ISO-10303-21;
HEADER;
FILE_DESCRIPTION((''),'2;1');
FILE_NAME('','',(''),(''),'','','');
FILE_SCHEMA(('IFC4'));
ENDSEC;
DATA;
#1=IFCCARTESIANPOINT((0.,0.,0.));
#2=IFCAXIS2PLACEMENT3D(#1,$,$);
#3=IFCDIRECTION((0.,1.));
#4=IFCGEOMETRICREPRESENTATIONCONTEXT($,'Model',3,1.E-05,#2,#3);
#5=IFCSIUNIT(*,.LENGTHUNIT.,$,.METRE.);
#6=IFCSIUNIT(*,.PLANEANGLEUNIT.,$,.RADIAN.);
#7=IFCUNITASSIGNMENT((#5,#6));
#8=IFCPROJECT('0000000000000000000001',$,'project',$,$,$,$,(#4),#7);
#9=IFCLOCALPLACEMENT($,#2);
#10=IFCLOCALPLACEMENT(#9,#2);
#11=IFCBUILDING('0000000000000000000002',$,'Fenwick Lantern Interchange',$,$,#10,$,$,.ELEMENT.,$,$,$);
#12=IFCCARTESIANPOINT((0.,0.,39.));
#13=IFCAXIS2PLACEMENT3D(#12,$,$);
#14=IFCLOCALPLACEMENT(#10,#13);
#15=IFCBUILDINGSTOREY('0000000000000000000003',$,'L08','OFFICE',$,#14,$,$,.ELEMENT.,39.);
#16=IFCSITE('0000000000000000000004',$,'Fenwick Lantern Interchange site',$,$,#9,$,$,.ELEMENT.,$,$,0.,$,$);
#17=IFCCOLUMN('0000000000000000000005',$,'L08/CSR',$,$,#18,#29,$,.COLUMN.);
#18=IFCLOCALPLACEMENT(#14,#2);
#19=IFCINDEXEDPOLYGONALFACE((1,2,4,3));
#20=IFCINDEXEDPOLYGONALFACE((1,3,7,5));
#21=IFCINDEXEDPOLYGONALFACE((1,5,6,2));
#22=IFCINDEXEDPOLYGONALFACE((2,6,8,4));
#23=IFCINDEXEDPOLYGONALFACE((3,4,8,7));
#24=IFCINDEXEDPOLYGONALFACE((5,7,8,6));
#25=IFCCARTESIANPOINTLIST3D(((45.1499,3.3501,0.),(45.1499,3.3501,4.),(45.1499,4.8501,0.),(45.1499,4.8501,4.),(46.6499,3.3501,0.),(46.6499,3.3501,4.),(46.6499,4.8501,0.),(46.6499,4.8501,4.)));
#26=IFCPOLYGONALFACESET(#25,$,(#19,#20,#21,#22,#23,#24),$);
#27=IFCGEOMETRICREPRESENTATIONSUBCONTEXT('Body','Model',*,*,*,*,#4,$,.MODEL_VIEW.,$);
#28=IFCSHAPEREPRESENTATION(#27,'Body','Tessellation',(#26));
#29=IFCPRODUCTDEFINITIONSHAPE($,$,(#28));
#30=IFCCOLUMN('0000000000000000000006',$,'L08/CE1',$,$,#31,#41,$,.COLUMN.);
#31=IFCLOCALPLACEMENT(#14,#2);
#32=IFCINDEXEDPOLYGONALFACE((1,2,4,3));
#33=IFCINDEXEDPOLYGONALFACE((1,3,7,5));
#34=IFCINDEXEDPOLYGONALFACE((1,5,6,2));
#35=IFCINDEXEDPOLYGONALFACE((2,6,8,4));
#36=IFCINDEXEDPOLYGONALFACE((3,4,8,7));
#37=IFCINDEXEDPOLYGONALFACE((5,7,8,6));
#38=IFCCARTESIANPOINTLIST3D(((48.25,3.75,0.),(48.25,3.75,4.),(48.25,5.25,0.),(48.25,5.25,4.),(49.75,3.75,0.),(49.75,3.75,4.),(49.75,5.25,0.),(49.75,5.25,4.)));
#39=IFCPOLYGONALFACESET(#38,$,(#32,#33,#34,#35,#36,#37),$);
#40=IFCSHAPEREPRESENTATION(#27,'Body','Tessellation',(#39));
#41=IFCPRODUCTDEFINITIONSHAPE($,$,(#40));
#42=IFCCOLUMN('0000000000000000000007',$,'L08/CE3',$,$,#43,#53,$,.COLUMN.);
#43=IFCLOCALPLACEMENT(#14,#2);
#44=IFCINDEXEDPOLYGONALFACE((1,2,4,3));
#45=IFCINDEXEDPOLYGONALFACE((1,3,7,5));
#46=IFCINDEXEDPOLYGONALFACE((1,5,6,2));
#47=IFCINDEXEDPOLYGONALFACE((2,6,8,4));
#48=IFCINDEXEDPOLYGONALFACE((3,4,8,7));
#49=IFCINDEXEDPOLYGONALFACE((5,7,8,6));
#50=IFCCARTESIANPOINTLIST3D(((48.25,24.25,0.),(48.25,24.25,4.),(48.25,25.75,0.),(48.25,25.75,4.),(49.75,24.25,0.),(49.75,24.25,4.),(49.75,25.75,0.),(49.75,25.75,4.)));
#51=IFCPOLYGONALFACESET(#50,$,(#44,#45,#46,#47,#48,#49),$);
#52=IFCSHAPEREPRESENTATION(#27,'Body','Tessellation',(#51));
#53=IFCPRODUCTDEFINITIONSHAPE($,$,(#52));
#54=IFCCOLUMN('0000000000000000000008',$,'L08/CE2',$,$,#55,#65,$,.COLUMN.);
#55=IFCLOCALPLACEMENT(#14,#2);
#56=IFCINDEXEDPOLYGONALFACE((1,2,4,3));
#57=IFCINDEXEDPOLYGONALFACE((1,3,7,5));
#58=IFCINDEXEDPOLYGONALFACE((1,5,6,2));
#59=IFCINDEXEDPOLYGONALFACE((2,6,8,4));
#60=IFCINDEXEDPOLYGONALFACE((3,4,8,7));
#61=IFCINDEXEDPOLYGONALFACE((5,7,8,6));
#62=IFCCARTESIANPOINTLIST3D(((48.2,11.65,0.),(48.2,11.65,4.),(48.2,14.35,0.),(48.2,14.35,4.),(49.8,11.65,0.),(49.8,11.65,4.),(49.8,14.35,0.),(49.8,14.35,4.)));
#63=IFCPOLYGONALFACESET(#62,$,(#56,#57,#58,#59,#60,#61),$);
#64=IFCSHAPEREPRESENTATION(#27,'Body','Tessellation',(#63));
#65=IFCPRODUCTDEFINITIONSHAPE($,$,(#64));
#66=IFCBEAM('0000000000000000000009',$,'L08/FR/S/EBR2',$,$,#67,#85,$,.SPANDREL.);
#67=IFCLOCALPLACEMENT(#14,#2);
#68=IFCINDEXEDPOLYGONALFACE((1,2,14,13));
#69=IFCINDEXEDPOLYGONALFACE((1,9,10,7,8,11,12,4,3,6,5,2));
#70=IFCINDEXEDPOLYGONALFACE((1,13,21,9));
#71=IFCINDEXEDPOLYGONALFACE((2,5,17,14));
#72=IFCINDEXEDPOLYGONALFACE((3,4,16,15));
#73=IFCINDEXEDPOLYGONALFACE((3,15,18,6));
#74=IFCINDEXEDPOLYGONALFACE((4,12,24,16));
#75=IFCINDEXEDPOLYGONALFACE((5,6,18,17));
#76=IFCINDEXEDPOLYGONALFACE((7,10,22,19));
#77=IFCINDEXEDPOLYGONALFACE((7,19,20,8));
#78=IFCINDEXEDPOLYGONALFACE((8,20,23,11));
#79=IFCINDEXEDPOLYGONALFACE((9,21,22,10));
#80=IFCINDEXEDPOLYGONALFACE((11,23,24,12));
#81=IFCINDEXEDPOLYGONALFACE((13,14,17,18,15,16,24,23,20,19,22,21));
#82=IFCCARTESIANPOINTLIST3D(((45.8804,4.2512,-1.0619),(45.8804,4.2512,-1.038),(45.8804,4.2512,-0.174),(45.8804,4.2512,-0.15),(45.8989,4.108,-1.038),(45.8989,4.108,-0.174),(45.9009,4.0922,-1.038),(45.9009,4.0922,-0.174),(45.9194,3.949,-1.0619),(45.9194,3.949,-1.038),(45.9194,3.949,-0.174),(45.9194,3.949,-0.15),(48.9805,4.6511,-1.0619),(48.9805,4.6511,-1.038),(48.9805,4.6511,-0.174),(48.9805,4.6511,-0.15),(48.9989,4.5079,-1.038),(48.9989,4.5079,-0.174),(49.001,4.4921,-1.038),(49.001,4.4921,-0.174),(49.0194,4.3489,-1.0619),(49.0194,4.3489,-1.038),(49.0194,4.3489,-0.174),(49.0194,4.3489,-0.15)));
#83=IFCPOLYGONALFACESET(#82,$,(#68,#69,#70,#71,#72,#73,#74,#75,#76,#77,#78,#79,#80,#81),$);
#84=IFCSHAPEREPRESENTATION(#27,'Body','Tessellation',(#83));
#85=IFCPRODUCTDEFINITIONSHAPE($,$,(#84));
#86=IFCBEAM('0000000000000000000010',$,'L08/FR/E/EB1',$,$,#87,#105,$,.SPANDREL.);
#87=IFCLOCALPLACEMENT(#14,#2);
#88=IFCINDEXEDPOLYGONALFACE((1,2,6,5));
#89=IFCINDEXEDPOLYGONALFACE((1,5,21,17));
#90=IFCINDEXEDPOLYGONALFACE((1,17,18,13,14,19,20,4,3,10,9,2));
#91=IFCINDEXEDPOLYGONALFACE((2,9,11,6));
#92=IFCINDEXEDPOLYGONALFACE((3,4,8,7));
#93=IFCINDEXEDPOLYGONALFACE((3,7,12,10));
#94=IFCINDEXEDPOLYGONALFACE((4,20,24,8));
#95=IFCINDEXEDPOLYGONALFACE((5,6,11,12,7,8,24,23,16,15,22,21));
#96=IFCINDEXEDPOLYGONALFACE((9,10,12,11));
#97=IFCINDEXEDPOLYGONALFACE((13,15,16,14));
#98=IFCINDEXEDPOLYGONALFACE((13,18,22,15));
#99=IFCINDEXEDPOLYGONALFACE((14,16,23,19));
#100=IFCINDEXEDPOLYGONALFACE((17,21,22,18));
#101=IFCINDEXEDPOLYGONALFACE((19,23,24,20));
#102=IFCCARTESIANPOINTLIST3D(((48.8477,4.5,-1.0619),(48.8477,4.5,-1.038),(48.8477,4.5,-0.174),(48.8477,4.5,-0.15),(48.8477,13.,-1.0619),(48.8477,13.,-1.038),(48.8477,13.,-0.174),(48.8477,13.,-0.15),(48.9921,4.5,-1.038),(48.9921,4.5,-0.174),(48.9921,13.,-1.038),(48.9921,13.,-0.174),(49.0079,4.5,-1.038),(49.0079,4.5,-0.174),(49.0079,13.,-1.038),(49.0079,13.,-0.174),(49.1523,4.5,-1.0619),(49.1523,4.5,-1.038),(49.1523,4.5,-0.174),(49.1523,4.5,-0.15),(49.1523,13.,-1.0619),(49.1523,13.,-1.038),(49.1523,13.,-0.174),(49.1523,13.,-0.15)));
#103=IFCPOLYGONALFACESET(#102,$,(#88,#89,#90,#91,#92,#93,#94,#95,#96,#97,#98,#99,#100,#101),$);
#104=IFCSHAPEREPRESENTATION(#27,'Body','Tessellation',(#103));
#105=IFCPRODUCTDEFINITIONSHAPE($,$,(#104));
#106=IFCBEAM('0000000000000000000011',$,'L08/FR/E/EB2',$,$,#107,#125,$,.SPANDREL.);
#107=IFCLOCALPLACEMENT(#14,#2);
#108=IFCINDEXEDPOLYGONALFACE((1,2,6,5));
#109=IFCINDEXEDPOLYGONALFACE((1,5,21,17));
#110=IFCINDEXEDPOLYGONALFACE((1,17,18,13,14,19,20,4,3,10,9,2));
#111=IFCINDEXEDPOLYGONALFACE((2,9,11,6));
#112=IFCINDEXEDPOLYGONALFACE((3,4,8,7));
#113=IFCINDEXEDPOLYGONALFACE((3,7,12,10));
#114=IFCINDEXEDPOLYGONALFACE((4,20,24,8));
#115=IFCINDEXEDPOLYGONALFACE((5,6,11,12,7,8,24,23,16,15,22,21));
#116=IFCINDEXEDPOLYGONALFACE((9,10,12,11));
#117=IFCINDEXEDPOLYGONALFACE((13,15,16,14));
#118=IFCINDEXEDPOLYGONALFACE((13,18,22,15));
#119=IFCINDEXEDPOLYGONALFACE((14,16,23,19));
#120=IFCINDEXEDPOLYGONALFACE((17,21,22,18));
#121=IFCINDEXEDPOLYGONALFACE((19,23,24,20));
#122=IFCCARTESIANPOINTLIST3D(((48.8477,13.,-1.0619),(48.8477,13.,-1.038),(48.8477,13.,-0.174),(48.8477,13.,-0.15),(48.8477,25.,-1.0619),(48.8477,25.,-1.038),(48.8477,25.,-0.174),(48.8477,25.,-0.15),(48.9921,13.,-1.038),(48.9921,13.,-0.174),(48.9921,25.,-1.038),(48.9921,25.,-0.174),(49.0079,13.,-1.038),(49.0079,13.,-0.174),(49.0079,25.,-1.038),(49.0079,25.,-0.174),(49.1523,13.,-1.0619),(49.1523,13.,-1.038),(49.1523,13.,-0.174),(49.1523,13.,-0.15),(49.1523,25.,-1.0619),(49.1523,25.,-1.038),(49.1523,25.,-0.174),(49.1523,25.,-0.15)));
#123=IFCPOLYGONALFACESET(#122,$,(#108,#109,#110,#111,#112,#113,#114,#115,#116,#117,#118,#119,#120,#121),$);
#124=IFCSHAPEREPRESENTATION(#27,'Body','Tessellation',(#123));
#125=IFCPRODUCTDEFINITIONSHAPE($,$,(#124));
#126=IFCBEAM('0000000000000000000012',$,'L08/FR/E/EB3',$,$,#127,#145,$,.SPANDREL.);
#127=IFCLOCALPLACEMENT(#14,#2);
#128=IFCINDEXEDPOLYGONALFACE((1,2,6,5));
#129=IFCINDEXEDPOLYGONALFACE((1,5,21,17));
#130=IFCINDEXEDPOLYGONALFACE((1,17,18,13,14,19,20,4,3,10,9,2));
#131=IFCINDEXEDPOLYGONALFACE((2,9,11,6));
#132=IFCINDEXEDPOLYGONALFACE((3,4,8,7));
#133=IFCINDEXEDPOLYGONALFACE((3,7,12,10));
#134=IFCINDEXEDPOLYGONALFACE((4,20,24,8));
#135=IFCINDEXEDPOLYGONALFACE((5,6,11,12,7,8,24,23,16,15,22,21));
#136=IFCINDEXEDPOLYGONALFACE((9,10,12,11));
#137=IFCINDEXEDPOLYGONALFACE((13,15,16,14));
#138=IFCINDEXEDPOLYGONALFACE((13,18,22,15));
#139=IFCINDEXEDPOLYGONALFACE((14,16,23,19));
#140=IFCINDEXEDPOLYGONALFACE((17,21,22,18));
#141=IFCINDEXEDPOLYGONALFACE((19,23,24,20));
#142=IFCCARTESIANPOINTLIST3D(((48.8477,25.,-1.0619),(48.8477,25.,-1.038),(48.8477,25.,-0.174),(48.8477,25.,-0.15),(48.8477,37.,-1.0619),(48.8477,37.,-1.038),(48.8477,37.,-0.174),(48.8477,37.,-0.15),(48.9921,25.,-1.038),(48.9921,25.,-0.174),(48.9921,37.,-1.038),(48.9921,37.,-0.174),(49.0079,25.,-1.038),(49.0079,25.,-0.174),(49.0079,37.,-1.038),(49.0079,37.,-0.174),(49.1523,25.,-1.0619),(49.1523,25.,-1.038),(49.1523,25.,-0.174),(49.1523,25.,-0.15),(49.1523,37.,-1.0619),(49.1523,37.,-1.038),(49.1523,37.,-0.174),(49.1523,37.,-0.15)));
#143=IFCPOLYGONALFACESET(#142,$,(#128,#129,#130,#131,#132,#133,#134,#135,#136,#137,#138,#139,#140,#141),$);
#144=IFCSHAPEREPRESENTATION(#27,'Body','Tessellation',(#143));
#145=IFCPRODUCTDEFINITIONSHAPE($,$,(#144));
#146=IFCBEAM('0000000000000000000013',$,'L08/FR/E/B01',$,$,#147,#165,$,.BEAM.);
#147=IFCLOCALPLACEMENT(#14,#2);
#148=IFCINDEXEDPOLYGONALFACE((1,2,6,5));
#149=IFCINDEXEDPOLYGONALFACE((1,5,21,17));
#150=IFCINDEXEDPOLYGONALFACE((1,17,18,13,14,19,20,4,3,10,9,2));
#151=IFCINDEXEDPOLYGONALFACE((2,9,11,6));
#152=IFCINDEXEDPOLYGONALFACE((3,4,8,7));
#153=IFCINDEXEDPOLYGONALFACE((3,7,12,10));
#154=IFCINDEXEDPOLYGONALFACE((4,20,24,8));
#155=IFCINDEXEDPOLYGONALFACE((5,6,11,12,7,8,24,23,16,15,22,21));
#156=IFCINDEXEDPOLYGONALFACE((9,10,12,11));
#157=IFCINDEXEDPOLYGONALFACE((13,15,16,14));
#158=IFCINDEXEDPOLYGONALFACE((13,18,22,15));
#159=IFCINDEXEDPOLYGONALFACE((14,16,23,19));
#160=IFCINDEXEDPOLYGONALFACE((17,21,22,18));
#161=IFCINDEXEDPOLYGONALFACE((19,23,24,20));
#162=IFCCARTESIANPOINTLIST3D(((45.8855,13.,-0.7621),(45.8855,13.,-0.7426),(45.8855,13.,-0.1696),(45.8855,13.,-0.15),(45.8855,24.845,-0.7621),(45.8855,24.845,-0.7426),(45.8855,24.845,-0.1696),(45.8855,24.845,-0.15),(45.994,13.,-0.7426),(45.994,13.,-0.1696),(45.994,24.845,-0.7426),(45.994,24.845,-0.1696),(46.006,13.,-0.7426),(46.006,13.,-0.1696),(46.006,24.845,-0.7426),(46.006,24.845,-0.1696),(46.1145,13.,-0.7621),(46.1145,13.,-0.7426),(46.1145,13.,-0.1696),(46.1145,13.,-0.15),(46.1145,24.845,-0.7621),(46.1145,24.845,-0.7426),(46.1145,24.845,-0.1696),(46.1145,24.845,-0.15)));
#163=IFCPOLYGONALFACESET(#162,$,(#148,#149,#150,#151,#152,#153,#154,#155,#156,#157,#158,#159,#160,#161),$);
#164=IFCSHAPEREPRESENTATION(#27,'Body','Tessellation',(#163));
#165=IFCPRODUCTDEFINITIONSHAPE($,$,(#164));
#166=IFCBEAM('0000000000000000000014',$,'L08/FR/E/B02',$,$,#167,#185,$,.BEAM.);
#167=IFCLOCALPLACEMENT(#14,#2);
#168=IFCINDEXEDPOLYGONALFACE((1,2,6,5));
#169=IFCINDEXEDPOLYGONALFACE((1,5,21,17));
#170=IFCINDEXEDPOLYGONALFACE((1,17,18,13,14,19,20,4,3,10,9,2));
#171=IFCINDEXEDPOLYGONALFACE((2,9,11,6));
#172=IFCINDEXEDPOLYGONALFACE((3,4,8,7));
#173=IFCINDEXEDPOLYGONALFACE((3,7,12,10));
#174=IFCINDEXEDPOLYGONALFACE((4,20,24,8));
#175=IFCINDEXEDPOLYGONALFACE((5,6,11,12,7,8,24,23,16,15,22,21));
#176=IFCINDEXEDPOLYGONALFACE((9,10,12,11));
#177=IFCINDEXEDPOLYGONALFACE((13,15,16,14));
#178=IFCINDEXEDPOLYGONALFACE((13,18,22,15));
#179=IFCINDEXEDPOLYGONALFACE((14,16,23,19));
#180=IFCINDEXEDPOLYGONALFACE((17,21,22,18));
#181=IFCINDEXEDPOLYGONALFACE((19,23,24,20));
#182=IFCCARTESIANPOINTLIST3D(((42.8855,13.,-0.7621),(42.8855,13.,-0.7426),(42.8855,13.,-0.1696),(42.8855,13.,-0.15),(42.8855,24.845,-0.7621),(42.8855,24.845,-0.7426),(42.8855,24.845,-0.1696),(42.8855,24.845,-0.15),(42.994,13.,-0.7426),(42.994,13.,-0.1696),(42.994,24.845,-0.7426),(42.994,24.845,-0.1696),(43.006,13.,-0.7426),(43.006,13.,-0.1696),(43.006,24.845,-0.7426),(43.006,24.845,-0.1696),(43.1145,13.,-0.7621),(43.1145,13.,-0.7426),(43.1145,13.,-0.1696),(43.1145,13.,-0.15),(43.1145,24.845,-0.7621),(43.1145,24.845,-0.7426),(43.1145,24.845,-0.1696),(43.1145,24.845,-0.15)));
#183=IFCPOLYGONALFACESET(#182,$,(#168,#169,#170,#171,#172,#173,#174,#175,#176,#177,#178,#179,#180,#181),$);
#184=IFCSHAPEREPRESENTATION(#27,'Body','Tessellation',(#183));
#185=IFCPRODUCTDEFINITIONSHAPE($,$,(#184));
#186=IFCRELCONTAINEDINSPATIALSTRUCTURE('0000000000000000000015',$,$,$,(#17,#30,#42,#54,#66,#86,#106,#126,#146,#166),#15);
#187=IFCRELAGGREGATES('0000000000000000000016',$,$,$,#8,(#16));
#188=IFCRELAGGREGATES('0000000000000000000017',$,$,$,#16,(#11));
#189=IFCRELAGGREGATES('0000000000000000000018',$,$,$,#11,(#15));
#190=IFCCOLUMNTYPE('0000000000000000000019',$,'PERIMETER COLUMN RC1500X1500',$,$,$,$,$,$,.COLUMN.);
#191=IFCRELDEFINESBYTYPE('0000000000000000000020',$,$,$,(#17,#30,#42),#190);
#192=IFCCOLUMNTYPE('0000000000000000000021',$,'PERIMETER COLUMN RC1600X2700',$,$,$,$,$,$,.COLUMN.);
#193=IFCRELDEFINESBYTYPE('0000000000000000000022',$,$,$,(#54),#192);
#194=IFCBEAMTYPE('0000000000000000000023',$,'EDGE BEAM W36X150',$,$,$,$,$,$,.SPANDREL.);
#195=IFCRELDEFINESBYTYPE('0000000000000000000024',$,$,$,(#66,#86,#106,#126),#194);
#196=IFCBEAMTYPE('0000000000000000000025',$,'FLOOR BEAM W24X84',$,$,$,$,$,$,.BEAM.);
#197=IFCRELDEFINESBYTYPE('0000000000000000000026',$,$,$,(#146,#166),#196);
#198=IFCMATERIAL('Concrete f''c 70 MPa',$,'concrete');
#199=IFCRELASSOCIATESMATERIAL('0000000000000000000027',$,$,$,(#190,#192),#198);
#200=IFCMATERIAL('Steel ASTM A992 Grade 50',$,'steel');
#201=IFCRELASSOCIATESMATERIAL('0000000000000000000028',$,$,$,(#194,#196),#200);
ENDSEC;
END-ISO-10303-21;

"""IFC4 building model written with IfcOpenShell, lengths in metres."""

from ifc_helpers import new_model, si_unit, direction, frame, origin, origin_2d, place, context, subcontext, project, spatial, rectangle, i_section, extrude, material, material_profile, profile_set, type_object, element, save


model = new_model("IFC4")

# Units and contexts
model_context = context("Model", 3, precision=1e-05, world=origin(), true_north=direction((0.0, 1.0)))
body_context = subcontext(model_context, "Body", "Model", "MODEL_VIEW")
ifc_project = project(units=[si_unit("LENGTHUNIT", "METRE"), si_unit("PLANEANGLEUNIT", "RADIAN")], contexts=[model_context])

# Site, building, storey
site_placement = place(None, origin())
site = spatial("IfcSite", under=ifc_project, at=site_placement, Name="Fenwick Lantern Interchange site", CompositionType="ELEMENT", RefElevation=0.0)
building_placement = place(site_placement, origin())
building = spatial("IfcBuilding", under=site, at=building_placement, Name="Fenwick Lantern Interchange", CompositionType="ELEMENT")
storey_placement = place(building_placement, frame((0.0, 0.0, 39.0)))
storey = spatial("IfcBuildingStorey", under=building, at=storey_placement, Name="L08", Description="OFFICE", CompositionType="ELEMENT", Elevation=39.0)

# Columns
ifc_material_1 = material(Name="Concrete f'c 70 MPa", Category="concrete")
ifc_material_profile_1 = material_profile(ifc_material_1, rectangle(XDim=1.5, YDim=1.5, at=origin_2d()), Name="RC1500X1500")
ifc_profile_set_1 = profile_set([ifc_material_profile_1], Name="Concrete f'c 70 MPa")
column_type_1 = type_object("IfcColumnType", Name="PERIMETER COLUMN RC1500X1500", PredefinedType="COLUMN", material=ifc_profile_set_1)
for number, where, z_axis, x_axis, name in (
    (1, (45.8999, 4.1001, 0.0), (0.0, 0.0, 1.0), (1.0, 0.0, 0.0), "L08/CSR"),
    (2, (49.0, 4.5, 0.0), (0.0, 0.0, 1.0), (1.0, 0.0, 0.0), "L08/CE1"),
    (3, (49.0, 25.0, 0.0), (0.0, 0.0, 1.0), (1.0, 0.0, 0.0), "L08/CE3"),
):
    element("IfcColumn", number, at=place(storey_placement, frame(where, z_axis=z_axis, x_axis=x_axis)), inside=storey, type_object=column_type_1, Name=name, PredefinedType="COLUMN", context=body_context, shape_type="SweptSolid", body=[
        extrude(rectangle(XDim=1.5, YDim=1.5, at=origin_2d()), origin(), (0.0, 0.0, 1.0), 4.0),
    ])
ifc_material_profile_2 = material_profile(ifc_material_1, rectangle(XDim=1.6001, YDim=2.7, at=origin_2d()), Name="RC1600X2700")
ifc_profile_set_2 = profile_set([ifc_material_profile_2], Name="Concrete f'c 70 MPa")
column_type_2 = type_object("IfcColumnType", Name="PERIMETER COLUMN RC1600X2700", PredefinedType="COLUMN", material=ifc_profile_set_2)
column_placement = place(storey_placement, frame((49.0, 13.0, 0.0), z_axis=(0.0, 0.0, 1.0), x_axis=(1.0, 0.0, 0.0)))
element("IfcColumn", 4, at=column_placement, inside=storey, type_object=column_type_2, Name="L08/CE2", PredefinedType="COLUMN", context=body_context, shape_type="SweptSolid", body=[
    extrude(rectangle(XDim=1.6001, YDim=2.7, at=origin_2d()), origin(), (0.0, 0.0, 1.0), 4.0),
])

# Beams
ifc_material_2 = material(Name="Steel ASTM A992 Grade 50", Category="steel")
ifc_material_profile_3 = material_profile(ifc_material_2, i_section(OverallWidth=0.3047, OverallDepth=0.9119, WebThickness=0.0159, FlangeThickness=0.0239, at=origin_2d()), Name="W36X150")
ifc_profile_set_3 = profile_set([ifc_material_profile_3], Name="Steel ASTM A992 Grade 50")
beam_type_1 = type_object("IfcBeamType", Name="EDGE BEAM W36X150", PredefinedType="SPANDREL", material=ifc_profile_set_3)
beam_1_placement = place(storey_placement, frame((45.8999, 4.1001, -0.606), z_axis=(0.991782, 0.127937, 0.0), x_axis=(-0.127937, 0.991782, 0.0)))
element("IfcBeam", 5, at=beam_1_placement, inside=storey, type_object=beam_type_1, Name="L08/FR/S/EBR2", PredefinedType="SPANDREL", context=body_context, shape_type="SweptSolid", body=[
    extrude(i_section(OverallWidth=0.3047, OverallDepth=0.9119, WebThickness=0.0159, FlangeThickness=0.0239, at=origin_2d()), origin(), (0.0, 0.0, 1.0), 3.1257),
])
beam_2_placement = place(storey_placement, frame((49.0, 4.5, -0.606), z_axis=(0.0, 1.0, 0.0), x_axis=(-1.0, 0.0, 0.0)))
element("IfcBeam", 6, at=beam_2_placement, inside=storey, type_object=beam_type_1, Name="L08/FR/E/EB1", PredefinedType="SPANDREL", context=body_context, shape_type="SweptSolid", body=[
    extrude(i_section(OverallWidth=0.3047, OverallDepth=0.9119, WebThickness=0.0159, FlangeThickness=0.0239, at=origin_2d()), origin(), (0.0, 0.0, 1.0), 8.5),
])
for number, where, z_axis, x_axis, name in (
    (7, (49.0, 13.0, -0.606), (0.0, 1.0, 0.0), (-1.0, 0.0, 0.0), "L08/FR/E/EB2"),
    (8, (49.0, 25.0, -0.606), (0.0, 1.0, 0.0), (-1.0, 0.0, 0.0), "L08/FR/E/EB3"),
):
    element("IfcBeam", number, at=place(storey_placement, frame(where, z_axis=z_axis, x_axis=x_axis)), inside=storey, type_object=beam_type_1, Name=name, PredefinedType="SPANDREL", context=body_context, shape_type="SweptSolid", body=[
        extrude(i_section(OverallWidth=0.3047, OverallDepth=0.9119, WebThickness=0.0159, FlangeThickness=0.0239, at=origin_2d()), origin(), (0.0, 0.0, 1.0), 12.0),
    ])
ifc_material_profile_4 = material_profile(ifc_material_2, i_section(OverallWidth=0.229, OverallDepth=0.6121, WebThickness=0.012, FlangeThickness=0.0195, at=origin_2d()), Name="W24X84")
ifc_profile_set_4 = profile_set([ifc_material_profile_4], Name="Steel ASTM A992 Grade 50")
beam_type_2 = type_object("IfcBeamType", Name="FLOOR BEAM W24X84", PredefinedType="BEAM", material=ifc_profile_set_4)
for number, where, z_axis, x_axis, name in (
    (9, (46.0, 13.0, -0.4561), (0.0, 1.0, 0.0), (-1.0, 0.0, 0.0), "L08/FR/E/B01"),
    (10, (43.0, 13.0, -0.4561), (0.0, 1.0, 0.0), (-1.0, 0.0, 0.0), "L08/FR/E/B02"),
):
    element("IfcBeam", number, at=place(storey_placement, frame(where, z_axis=z_axis, x_axis=x_axis)), inside=storey, type_object=beam_type_2, Name=name, PredefinedType="BEAM", context=body_context, shape_type="SweptSolid", body=[
        extrude(i_section(OverallWidth=0.229, OverallDepth=0.6121, WebThickness=0.012, FlangeThickness=0.0195, at=origin_2d()), origin(), (0.0, 0.0, 1.0), 11.845),
    ])

save(model, "model.ifc")
